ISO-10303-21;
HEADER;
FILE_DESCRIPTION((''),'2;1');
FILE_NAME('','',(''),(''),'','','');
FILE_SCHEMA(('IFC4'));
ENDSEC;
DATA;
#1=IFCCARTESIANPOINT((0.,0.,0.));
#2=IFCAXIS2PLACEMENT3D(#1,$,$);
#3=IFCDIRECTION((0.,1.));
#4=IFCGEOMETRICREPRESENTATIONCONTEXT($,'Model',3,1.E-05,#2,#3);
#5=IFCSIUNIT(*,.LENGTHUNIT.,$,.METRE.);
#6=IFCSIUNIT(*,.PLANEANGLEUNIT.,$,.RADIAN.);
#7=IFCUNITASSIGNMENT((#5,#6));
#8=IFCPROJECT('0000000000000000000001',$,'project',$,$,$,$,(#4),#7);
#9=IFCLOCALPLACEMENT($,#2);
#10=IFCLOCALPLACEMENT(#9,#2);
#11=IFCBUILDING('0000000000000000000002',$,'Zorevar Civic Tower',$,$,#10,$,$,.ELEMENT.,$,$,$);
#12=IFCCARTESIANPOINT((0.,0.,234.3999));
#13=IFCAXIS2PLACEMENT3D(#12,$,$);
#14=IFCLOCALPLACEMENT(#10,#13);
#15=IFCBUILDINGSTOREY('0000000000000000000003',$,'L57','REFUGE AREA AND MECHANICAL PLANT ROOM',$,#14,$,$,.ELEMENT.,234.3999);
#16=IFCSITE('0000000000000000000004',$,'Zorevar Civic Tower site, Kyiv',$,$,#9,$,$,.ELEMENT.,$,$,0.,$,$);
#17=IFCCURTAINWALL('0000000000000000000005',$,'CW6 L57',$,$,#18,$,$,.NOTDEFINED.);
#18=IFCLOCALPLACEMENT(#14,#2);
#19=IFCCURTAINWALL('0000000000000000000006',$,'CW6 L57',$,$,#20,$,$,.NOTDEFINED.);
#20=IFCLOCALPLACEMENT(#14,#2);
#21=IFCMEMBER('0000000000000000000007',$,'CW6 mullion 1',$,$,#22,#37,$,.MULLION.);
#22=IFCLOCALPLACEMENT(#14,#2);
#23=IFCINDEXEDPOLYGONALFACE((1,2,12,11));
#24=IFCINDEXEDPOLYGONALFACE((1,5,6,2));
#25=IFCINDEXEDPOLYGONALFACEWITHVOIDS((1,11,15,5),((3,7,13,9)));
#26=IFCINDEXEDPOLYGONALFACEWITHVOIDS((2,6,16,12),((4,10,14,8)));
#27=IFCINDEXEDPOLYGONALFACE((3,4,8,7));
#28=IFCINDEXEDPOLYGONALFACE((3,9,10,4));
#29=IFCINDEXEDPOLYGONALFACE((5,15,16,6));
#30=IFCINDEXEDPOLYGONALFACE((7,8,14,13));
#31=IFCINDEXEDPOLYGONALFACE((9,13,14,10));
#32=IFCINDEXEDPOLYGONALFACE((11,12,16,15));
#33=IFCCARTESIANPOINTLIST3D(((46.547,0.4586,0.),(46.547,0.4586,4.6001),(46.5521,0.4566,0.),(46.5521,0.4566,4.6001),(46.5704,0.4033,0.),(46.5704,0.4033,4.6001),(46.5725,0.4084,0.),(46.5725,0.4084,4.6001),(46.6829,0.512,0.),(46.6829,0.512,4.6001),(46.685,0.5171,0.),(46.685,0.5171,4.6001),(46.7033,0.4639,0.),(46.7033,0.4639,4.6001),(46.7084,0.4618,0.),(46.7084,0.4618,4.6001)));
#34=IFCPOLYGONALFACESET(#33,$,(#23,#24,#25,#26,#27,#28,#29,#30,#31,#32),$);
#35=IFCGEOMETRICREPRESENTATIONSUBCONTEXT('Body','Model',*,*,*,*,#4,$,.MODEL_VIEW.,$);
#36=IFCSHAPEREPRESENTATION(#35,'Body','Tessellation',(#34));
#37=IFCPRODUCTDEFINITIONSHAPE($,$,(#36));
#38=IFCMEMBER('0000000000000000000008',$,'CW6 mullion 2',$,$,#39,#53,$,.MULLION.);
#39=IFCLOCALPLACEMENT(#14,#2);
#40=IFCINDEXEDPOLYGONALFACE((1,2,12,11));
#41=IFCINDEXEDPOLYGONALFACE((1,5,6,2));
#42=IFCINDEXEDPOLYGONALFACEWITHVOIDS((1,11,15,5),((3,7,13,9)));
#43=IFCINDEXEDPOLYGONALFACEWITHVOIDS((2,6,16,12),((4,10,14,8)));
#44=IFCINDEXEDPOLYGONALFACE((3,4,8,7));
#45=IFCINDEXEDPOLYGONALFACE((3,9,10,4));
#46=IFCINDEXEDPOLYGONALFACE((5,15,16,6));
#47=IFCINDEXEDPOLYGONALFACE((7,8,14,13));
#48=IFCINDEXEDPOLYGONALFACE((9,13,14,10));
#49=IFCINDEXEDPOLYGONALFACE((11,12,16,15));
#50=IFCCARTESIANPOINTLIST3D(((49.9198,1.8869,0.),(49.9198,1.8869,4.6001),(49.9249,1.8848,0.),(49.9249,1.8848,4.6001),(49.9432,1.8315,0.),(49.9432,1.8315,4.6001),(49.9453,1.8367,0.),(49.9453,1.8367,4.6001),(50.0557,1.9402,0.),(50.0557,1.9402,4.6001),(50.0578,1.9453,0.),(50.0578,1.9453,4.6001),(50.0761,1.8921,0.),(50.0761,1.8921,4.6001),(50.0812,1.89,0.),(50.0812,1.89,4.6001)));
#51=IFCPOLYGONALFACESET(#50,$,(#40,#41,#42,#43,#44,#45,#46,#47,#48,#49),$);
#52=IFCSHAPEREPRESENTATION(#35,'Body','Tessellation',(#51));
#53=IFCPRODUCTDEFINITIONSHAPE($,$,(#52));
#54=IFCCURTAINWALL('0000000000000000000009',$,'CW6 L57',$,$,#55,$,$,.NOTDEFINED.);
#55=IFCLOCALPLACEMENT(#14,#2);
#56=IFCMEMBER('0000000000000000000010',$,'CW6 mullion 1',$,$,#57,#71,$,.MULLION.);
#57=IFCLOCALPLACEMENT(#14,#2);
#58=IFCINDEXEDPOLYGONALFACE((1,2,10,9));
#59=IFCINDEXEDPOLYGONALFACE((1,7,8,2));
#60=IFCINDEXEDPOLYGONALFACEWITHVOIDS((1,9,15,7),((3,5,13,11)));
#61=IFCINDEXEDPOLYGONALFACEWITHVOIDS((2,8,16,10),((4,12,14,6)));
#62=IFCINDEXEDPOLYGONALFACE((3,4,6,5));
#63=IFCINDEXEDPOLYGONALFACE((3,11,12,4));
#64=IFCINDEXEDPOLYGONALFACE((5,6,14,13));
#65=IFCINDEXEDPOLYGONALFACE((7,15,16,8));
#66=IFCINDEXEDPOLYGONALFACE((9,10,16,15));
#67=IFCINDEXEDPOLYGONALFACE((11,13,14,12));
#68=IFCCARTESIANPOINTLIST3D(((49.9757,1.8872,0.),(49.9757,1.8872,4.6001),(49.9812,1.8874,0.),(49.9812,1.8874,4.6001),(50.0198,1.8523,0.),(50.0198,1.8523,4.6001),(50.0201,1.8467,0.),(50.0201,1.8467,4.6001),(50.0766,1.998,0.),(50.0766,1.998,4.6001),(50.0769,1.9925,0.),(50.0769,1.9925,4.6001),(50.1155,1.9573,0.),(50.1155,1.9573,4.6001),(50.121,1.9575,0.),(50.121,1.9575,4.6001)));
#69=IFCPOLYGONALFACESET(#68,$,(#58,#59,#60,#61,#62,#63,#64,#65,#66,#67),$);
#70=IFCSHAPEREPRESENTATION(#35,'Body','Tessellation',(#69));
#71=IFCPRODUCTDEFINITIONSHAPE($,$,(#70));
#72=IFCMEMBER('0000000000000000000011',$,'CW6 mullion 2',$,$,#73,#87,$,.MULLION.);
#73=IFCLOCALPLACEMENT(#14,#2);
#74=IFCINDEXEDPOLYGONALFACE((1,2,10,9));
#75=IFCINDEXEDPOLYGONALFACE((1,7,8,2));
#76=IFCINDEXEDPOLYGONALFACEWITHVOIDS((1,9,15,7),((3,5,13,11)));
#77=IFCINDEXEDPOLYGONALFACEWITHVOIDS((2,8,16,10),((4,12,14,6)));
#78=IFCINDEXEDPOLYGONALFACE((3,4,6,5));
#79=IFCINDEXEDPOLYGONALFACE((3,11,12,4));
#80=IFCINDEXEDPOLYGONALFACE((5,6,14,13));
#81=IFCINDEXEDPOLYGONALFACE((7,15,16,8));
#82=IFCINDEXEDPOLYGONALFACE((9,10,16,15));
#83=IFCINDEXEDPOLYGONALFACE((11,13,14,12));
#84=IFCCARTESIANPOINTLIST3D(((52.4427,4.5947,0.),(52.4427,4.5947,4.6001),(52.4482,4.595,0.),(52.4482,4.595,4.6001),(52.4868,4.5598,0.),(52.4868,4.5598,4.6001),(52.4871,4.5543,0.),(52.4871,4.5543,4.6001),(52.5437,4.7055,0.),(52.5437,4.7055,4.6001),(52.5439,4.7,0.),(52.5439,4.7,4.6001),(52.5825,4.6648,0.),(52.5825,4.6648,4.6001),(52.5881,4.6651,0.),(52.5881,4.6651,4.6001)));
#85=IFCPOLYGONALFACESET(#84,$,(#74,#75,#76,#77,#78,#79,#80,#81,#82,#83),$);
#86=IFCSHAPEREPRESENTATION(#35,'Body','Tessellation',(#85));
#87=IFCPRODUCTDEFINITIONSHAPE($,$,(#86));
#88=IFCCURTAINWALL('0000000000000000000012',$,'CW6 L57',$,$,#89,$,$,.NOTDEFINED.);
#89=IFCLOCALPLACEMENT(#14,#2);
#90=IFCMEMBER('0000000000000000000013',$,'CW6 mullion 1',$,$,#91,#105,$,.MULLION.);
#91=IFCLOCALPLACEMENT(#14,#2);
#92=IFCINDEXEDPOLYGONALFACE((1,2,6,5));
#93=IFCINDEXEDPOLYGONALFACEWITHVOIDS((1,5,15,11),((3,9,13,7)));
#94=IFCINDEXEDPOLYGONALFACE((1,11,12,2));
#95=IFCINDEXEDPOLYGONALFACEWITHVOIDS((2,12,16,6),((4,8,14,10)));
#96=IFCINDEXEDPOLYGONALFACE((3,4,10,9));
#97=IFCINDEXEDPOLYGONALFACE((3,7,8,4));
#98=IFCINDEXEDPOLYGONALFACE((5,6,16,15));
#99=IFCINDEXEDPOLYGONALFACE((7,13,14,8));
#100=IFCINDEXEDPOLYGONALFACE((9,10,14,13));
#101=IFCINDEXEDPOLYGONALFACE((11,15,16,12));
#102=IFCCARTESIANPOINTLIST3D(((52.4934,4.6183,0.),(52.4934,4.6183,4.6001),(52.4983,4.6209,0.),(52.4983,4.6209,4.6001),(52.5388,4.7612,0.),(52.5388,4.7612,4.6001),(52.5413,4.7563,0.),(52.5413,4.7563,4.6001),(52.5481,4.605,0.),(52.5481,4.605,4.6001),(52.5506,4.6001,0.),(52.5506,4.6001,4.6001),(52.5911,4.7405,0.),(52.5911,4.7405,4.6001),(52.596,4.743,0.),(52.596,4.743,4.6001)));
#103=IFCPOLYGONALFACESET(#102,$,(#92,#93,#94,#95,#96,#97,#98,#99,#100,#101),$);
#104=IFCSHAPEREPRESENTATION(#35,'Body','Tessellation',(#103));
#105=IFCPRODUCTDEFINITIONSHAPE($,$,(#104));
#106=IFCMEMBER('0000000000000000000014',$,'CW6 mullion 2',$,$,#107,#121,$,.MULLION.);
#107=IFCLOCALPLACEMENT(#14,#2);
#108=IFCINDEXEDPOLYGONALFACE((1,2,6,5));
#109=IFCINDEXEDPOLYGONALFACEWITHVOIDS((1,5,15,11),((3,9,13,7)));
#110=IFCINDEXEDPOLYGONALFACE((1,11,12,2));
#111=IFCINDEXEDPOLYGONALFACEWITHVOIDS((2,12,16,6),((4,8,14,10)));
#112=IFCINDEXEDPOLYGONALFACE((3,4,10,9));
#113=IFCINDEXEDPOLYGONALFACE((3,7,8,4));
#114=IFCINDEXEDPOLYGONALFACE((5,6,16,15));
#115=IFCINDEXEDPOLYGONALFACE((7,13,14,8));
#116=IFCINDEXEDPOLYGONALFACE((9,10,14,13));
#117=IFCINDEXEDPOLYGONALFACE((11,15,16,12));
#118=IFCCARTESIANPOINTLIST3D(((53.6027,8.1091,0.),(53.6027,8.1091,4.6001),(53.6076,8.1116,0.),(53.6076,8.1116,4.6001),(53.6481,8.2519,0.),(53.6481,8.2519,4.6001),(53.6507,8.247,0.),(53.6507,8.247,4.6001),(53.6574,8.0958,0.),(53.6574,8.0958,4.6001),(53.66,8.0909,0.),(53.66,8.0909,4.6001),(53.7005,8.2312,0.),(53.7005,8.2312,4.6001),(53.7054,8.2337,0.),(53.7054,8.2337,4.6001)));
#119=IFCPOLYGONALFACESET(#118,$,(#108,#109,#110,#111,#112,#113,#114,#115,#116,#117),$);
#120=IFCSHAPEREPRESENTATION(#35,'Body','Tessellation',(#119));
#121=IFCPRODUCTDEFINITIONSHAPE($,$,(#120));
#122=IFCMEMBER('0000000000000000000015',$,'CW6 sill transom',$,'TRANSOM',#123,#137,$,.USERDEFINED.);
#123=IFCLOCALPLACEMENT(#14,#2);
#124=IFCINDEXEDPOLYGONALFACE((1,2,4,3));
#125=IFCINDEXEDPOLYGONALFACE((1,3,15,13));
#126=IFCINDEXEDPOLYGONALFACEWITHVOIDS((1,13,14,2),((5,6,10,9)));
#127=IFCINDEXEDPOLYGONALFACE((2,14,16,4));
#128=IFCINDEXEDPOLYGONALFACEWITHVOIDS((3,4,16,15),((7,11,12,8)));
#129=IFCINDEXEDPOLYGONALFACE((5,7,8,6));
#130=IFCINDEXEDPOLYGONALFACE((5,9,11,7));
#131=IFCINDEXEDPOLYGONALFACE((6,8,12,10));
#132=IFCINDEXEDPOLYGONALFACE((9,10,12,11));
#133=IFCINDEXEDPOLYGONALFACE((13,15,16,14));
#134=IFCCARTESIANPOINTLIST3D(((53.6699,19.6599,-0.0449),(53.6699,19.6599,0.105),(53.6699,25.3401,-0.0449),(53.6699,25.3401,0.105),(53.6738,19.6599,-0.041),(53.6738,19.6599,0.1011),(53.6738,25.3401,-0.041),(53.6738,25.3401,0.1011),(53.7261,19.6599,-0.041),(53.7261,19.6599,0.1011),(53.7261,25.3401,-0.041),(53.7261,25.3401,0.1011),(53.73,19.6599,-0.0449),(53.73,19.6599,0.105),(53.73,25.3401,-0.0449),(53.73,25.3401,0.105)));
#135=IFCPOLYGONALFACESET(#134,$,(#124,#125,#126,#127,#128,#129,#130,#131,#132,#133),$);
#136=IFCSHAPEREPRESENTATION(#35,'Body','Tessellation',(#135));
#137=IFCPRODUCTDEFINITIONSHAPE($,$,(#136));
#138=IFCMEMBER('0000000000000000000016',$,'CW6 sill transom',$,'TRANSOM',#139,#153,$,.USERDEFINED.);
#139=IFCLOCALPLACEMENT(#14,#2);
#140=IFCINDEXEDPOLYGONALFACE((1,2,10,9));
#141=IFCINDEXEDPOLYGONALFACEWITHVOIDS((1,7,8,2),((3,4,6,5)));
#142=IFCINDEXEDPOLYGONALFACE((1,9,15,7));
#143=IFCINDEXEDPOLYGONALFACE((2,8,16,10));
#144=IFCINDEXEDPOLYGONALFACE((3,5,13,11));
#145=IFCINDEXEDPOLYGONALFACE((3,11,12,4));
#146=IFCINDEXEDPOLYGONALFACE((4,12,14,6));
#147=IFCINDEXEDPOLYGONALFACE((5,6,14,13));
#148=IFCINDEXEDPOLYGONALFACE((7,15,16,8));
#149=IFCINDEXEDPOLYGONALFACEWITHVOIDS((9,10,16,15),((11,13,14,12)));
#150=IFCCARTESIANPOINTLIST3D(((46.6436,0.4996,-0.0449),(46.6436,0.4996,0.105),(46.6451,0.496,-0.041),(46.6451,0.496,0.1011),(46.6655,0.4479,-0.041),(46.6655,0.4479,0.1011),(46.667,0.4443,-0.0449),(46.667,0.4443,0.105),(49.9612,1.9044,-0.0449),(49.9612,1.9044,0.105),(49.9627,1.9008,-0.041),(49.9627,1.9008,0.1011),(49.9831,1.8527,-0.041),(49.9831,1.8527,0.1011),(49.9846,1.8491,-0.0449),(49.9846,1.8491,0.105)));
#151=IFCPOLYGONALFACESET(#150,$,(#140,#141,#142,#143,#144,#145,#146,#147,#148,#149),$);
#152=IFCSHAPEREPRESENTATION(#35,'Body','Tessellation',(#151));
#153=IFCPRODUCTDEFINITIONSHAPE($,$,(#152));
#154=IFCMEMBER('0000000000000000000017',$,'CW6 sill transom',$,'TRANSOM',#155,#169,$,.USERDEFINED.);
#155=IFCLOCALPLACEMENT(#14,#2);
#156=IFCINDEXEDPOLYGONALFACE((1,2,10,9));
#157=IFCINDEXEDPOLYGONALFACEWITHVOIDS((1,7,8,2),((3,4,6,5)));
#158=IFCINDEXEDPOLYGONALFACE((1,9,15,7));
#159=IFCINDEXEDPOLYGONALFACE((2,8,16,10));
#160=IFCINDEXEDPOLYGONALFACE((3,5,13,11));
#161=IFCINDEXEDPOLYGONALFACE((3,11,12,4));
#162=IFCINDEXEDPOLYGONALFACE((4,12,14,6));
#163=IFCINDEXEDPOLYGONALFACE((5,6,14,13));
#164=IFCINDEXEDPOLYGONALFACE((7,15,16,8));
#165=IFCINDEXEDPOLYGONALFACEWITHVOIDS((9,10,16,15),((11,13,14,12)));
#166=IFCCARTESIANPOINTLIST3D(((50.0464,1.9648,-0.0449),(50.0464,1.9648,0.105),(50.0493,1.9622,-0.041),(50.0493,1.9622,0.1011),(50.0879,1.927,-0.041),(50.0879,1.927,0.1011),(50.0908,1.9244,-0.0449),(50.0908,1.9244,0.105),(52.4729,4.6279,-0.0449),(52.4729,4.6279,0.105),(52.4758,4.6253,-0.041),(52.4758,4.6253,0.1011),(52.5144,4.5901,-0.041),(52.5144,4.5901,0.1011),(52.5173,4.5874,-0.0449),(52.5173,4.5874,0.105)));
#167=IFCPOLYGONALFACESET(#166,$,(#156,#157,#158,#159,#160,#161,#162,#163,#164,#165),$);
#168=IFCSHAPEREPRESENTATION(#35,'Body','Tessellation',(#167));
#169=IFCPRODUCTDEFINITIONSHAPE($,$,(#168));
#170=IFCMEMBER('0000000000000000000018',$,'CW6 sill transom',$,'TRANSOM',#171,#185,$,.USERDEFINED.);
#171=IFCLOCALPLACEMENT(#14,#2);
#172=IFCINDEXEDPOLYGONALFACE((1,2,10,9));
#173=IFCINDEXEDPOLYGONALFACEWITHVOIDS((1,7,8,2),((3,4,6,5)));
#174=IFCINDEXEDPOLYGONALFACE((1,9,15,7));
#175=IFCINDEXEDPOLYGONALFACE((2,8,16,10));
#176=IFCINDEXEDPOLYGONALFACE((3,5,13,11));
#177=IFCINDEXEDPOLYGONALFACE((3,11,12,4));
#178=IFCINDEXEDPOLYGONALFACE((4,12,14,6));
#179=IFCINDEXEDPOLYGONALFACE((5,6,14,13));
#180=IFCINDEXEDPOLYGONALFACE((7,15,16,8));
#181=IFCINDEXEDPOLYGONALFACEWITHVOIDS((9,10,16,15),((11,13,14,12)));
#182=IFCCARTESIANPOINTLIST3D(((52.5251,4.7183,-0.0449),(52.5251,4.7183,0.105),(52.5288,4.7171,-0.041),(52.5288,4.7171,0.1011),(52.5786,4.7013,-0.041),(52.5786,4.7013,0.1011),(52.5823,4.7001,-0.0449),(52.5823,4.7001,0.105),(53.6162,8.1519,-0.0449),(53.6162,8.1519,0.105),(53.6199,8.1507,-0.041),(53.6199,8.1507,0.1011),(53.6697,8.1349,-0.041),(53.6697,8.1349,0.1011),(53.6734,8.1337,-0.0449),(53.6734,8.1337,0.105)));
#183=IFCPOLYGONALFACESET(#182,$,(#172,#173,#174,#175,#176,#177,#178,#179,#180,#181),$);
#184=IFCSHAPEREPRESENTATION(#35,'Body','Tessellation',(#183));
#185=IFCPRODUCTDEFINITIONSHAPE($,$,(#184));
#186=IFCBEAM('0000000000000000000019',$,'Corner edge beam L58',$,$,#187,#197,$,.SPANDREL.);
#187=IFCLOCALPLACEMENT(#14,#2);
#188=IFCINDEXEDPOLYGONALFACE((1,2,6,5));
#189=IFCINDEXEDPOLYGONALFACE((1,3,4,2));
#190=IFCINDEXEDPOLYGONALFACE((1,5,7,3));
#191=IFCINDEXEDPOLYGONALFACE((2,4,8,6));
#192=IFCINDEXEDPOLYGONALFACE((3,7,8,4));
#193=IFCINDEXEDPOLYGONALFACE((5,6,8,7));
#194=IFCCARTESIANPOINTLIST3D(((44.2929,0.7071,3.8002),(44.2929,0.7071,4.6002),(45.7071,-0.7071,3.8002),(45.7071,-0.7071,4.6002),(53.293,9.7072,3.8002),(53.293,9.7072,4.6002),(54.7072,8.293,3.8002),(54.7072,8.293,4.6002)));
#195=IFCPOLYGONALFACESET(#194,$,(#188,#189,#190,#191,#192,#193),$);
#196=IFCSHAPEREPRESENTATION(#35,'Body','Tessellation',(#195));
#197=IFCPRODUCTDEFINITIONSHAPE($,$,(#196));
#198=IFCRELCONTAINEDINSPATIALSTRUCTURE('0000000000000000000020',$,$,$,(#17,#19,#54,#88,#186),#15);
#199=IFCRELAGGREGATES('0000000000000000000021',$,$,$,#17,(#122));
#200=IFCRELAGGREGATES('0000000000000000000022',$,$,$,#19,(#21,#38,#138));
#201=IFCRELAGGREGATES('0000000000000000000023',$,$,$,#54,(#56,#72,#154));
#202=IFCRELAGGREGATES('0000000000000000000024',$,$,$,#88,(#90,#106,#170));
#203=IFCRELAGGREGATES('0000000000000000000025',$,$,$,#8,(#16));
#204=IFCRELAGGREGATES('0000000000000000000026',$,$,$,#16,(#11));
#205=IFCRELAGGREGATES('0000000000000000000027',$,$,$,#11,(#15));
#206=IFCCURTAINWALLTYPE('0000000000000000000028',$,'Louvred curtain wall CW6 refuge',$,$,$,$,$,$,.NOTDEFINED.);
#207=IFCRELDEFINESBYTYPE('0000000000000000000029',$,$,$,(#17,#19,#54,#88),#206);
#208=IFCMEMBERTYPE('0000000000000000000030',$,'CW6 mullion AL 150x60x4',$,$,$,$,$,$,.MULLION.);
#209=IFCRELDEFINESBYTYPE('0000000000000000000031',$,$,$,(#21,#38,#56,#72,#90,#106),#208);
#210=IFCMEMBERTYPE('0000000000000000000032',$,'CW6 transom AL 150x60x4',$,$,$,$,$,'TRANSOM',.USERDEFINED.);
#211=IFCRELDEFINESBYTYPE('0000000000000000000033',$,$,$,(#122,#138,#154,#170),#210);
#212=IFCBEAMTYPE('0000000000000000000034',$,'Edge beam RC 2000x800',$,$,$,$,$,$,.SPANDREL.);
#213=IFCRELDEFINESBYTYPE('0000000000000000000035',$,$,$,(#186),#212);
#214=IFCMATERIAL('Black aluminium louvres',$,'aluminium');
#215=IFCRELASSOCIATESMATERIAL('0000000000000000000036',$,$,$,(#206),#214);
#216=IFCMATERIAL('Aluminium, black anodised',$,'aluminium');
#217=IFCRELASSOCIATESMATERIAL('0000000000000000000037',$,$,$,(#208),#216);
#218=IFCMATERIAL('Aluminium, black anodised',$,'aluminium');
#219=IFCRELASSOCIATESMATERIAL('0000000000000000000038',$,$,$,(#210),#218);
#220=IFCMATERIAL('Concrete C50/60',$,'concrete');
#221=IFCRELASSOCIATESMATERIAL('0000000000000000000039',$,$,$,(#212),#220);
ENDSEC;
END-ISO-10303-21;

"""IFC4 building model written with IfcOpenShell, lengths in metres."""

from ifc_helpers import new_model, si_unit, direction, frame, origin, origin_2d, place, context, subcontext, project, spatial, rectangle, hollow_rectangle, extrude, material, material_profile, profile_set, type_object, element, aggregate, save


model = new_model("IFC4")

# Units and contexts
model_context = context("Model", 3, precision=1e-05, world=origin(), true_north=direction((0.0, 1.0)))
body_context = subcontext(model_context, "Body", "Model", "MODEL_VIEW")
ifc_project = project(units=[si_unit("LENGTHUNIT", "METRE"), si_unit("PLANEANGLEUNIT", "RADIAN")], contexts=[model_context])

# Site, building, storey
site_placement = place(None, origin())
site = spatial("IfcSite", under=ifc_project, at=site_placement, Name="Zorevar Civic Tower site, Kyiv", CompositionType="ELEMENT", RefElevation=0.0)
building_placement = place(site_placement, origin())
building = spatial("IfcBuilding", under=site, at=building_placement, Name="Zorevar Civic Tower", CompositionType="ELEMENT")
storey_placement = place(building_placement, frame((0.0, 0.0, 234.3999)))
storey = spatial("IfcBuildingStorey", under=building, at=storey_placement, Name="L57", Description="REFUGE AREA AND MECHANICAL PLANT ROOM", CompositionType="ELEMENT", Elevation=234.3999)

# Curtain wall
ifc_material_1 = material(Name="Black aluminium louvres", Category="aluminium")
curtain_wall_type = type_object("IfcCurtainWallType", Name="Louvred curtain wall CW6 refuge", PredefinedType="NOTDEFINED", material=ifc_material_1)
curtain_wall_1_placement = place(storey_placement, origin())
curtain_wall_1 = element("IfcCurtainWall", 1, at=curtain_wall_1_placement, inside=storey, type_object=curtain_wall_type, Name="CW6 L57", PredefinedType="NOTDEFINED")
ifc_material_2 = material(Name="Aluminium, black anodised", Category="aluminium")
ifc_material_profile_1 = material_profile(ifc_material_2, hollow_rectangle(XDim=0.0601, YDim=0.1499, WallThickness=0.0039, at=origin_2d()), Name="AL 150x60x4")
ifc_profile_set_1 = profile_set([ifc_material_profile_1], Name="Aluminium, black anodised")
member_type_1 = type_object("IfcMemberType", Name="CW6 mullion AL 150x60x4", PredefinedType="MULLION", material=ifc_profile_set_1)

# Curtain walls, members
curtain_wall_2_placement = place(storey_placement, origin())
curtain_wall_2 = element("IfcCurtainWall", 2, at=curtain_wall_2_placement, inside=storey, type_object=curtain_wall_type, Name="CW6 L57", PredefinedType="NOTDEFINED")
member_1_placement = place(storey_placement, frame((46.6277, 0.4602, 0.0), z_axis=(0.0, 0.0, 1.0), x_axis=(-0.389965, 0.92083, 0.0)))
member_1 = element("IfcMember", 3, at=member_1_placement, type_object=member_type_1, Name="CW6 mullion 1", PredefinedType="MULLION", context=body_context, shape_type="SweptSolid", body=[
    extrude(hollow_rectangle(XDim=0.0601, YDim=0.1499, WallThickness=0.0039, at=origin_2d()), origin(), (0.0, 0.0, 1.0), 4.6001),
])
member_2_placement = place(storey_placement, frame((50.0005, 1.8884, 0.0), z_axis=(0.0, 0.0, 1.0), x_axis=(-0.389965, 0.92083, 0.0)))
member_2 = element("IfcMember", 4, at=member_2_placement, type_object=member_type_1, Name="CW6 mullion 2", PredefinedType="MULLION", context=body_context, shape_type="SweptSolid", body=[
    extrude(hollow_rectangle(XDim=0.0601, YDim=0.1499, WallThickness=0.0039, at=origin_2d()), origin(), (0.0, 0.0, 1.0), 4.6001),
])
curtain_wall_3_placement = place(storey_placement, origin())
curtain_wall_3 = element("IfcCurtainWall", 5, at=curtain_wall_3_placement, inside=storey, type_object=curtain_wall_type, Name="CW6 L57", PredefinedType="NOTDEFINED")
member_3_placement = place(storey_placement, frame((50.0483, 1.9224, 0.0), z_axis=(0.0, 0.0, 1.0), x_axis=(-0.739157, 0.673533, 0.0)))
member_3 = element("IfcMember", 6, at=member_3_placement, type_object=member_type_1, Name="CW6 mullion 1", PredefinedType="MULLION", context=body_context, shape_type="SweptSolid", body=[
    extrude(hollow_rectangle(XDim=0.0601, YDim=0.1499, WallThickness=0.0039, at=origin_2d()), origin(), (0.0, 0.0, 1.0), 4.6001),
])
member_4_placement = place(storey_placement, frame((52.5154, 4.6299, 0.0), z_axis=(0.0, 0.0, 1.0), x_axis=(-0.739157, 0.673533, 0.0)))
member_4 = element("IfcMember", 7, at=member_4_placement, type_object=member_type_1, Name="CW6 mullion 2", PredefinedType="MULLION", context=body_context, shape_type="SweptSolid", body=[
    extrude(hollow_rectangle(XDim=0.0601, YDim=0.1499, WallThickness=0.0039, at=origin_2d()), origin(), (0.0, 0.0, 1.0), 4.6001),
])
curtain_wall_4_placement = place(storey_placement, origin())
curtain_wall_4 = element("IfcCurtainWall", 8, at=curtain_wall_4_placement, inside=storey, type_object=curtain_wall_type, Name="CW6 L57", PredefinedType="NOTDEFINED")
member_5_placement = place(storey_placement, frame((52.5447, 4.6807, 0.0), z_axis=(0.0, 0.0, 1.0), x_axis=(-0.953035, 0.302859, 0.0)))
member_5 = element("IfcMember", 9, at=member_5_placement, type_object=member_type_1, Name="CW6 mullion 1", PredefinedType="MULLION", context=body_context, shape_type="SweptSolid", body=[
    extrude(hollow_rectangle(XDim=0.0601, YDim=0.1499, WallThickness=0.0039, at=origin_2d()), origin(), (0.0, 0.0, 1.0), 4.6001),
])
member_6_placement = place(storey_placement, frame((53.6541, 8.1714, 0.0), z_axis=(0.0, 0.0, 1.0), x_axis=(-0.953035, 0.302859, 0.0)))
member_6 = element("IfcMember", 10, at=member_6_placement, type_object=member_type_1, Name="CW6 mullion 2", PredefinedType="MULLION", context=body_context, shape_type="SweptSolid", body=[
    extrude(hollow_rectangle(XDim=0.0601, YDim=0.1499, WallThickness=0.0039, at=origin_2d()), origin(), (0.0, 0.0, 1.0), 4.6001),
])

# Members
ifc_material_3 = material(Name="Aluminium, black anodised", Category="aluminium")
ifc_material_profile_2 = material_profile(ifc_material_3, hollow_rectangle(XDim=0.0601, YDim=0.1499, WallThickness=0.0039, at=origin_2d()), Name="AL 150x60x4")
ifc_profile_set_2 = profile_set([ifc_material_profile_2], Name="Aluminium, black anodised")
member_type_2 = type_object("IfcMemberType", Name="CW6 transom AL 150x60x4", ElementType="TRANSOM", PredefinedType="USERDEFINED", material=ifc_profile_set_2)
member_7_placement = place(storey_placement, frame((53.7, 19.6599, 0.03), z_axis=(0.0, 1.0, 0.0), x_axis=(-1.0, 0.0, 0.0)))
member_7 = element("IfcMember", 11, at=member_7_placement, type_object=member_type_2, Name="CW6 sill transom", ObjectType="TRANSOM", PredefinedType="USERDEFINED", context=body_context, shape_type="SweptSolid", body=[
    extrude(hollow_rectangle(XDim=0.0601, YDim=0.1499, WallThickness=0.0039, at=origin_2d()), origin(), (0.0, 0.0, 1.0), 5.6802),
])
aggregate(curtain_wall_1, [member_7])
member_8_placement = place(storey_placement, frame((46.6553, 0.4719, 0.03), z_axis=(0.92085, 0.389916, 0.0), x_axis=(-0.389916, 0.92085, 0.0)))
member_8 = element("IfcMember", 12, at=member_8_placement, type_object=member_type_2, Name="CW6 sill transom", ObjectType="TRANSOM", PredefinedType="USERDEFINED", context=body_context, shape_type="SweptSolid", body=[
    extrude(hollow_rectangle(XDim=0.0601, YDim=0.1499, WallThickness=0.0039, at=origin_2d()), origin(), (0.0, 0.0, 1.0), 3.6028),
])
member_9_placement = place(storey_placement, frame((50.0686, 1.9446, 0.03), z_axis=(0.673512, 0.739176, 0.0), x_axis=(-0.739176, 0.673512, 0.0)))
member_9 = element("IfcMember", 13, at=member_9_placement, type_object=member_type_2, Name="CW6 sill transom", ObjectType="TRANSOM", PredefinedType="USERDEFINED", context=body_context, shape_type="SweptSolid", body=[
    extrude(hollow_rectangle(XDim=0.0601, YDim=0.1499, WallThickness=0.0039, at=origin_2d()), origin(), (0.0, 0.0, 1.0), 3.6028),
])
member_10_placement = place(storey_placement, frame((52.5537, 4.7092, 0.03), z_axis=(0.30284, 0.953041, 0.0), x_axis=(-0.953041, 0.30284, 0.0)))
member_10 = element("IfcMember", 14, at=member_10_placement, type_object=member_type_2, Name="CW6 sill transom", ObjectType="TRANSOM", PredefinedType="USERDEFINED", context=body_context, shape_type="SweptSolid", body=[
    extrude(hollow_rectangle(XDim=0.0601, YDim=0.1499, WallThickness=0.0039, at=origin_2d()), origin(), (0.0, 0.0, 1.0), 3.6028),
])

# Beam
ifc_material_4 = material(Name="Concrete C50/60", Category="concrete")
ifc_material_profile_3 = material_profile(ifc_material_4, rectangle(XDim=2.0, YDim=0.8, at=origin_2d()), Name="RC 2000x800")
ifc_profile_set_3 = profile_set([ifc_material_profile_3], Name="Concrete C50/60")
beam_type_1 = type_object("IfcBeamType", Name="Edge beam RC 2000x800", PredefinedType="SPANDREL", material=ifc_profile_set_3)
beam_1_placement = place(storey_placement, frame((45.0, 0.0, 4.2002), z_axis=(0.707107, 0.707107, 0.0), x_axis=(-0.707107, 0.707107, 0.0)))
element("IfcBeam", 15, at=beam_1_placement, inside=storey, type_object=beam_type_1, Name="Corner edge beam L58", PredefinedType="SPANDREL", context=body_context, shape_type="SweptSolid", body=[
    extrude(rectangle(XDim=2.0, YDim=0.8, at=origin_2d()), origin(), (0.0, 0.0, 1.0), 12.728),
])

aggregate(curtain_wall_2, [member_1, member_2, member_8])
aggregate(curtain_wall_3, [member_3, member_4, member_9])
aggregate(curtain_wall_4, [member_5, member_6, member_10])

save(model, "model.ifc")
